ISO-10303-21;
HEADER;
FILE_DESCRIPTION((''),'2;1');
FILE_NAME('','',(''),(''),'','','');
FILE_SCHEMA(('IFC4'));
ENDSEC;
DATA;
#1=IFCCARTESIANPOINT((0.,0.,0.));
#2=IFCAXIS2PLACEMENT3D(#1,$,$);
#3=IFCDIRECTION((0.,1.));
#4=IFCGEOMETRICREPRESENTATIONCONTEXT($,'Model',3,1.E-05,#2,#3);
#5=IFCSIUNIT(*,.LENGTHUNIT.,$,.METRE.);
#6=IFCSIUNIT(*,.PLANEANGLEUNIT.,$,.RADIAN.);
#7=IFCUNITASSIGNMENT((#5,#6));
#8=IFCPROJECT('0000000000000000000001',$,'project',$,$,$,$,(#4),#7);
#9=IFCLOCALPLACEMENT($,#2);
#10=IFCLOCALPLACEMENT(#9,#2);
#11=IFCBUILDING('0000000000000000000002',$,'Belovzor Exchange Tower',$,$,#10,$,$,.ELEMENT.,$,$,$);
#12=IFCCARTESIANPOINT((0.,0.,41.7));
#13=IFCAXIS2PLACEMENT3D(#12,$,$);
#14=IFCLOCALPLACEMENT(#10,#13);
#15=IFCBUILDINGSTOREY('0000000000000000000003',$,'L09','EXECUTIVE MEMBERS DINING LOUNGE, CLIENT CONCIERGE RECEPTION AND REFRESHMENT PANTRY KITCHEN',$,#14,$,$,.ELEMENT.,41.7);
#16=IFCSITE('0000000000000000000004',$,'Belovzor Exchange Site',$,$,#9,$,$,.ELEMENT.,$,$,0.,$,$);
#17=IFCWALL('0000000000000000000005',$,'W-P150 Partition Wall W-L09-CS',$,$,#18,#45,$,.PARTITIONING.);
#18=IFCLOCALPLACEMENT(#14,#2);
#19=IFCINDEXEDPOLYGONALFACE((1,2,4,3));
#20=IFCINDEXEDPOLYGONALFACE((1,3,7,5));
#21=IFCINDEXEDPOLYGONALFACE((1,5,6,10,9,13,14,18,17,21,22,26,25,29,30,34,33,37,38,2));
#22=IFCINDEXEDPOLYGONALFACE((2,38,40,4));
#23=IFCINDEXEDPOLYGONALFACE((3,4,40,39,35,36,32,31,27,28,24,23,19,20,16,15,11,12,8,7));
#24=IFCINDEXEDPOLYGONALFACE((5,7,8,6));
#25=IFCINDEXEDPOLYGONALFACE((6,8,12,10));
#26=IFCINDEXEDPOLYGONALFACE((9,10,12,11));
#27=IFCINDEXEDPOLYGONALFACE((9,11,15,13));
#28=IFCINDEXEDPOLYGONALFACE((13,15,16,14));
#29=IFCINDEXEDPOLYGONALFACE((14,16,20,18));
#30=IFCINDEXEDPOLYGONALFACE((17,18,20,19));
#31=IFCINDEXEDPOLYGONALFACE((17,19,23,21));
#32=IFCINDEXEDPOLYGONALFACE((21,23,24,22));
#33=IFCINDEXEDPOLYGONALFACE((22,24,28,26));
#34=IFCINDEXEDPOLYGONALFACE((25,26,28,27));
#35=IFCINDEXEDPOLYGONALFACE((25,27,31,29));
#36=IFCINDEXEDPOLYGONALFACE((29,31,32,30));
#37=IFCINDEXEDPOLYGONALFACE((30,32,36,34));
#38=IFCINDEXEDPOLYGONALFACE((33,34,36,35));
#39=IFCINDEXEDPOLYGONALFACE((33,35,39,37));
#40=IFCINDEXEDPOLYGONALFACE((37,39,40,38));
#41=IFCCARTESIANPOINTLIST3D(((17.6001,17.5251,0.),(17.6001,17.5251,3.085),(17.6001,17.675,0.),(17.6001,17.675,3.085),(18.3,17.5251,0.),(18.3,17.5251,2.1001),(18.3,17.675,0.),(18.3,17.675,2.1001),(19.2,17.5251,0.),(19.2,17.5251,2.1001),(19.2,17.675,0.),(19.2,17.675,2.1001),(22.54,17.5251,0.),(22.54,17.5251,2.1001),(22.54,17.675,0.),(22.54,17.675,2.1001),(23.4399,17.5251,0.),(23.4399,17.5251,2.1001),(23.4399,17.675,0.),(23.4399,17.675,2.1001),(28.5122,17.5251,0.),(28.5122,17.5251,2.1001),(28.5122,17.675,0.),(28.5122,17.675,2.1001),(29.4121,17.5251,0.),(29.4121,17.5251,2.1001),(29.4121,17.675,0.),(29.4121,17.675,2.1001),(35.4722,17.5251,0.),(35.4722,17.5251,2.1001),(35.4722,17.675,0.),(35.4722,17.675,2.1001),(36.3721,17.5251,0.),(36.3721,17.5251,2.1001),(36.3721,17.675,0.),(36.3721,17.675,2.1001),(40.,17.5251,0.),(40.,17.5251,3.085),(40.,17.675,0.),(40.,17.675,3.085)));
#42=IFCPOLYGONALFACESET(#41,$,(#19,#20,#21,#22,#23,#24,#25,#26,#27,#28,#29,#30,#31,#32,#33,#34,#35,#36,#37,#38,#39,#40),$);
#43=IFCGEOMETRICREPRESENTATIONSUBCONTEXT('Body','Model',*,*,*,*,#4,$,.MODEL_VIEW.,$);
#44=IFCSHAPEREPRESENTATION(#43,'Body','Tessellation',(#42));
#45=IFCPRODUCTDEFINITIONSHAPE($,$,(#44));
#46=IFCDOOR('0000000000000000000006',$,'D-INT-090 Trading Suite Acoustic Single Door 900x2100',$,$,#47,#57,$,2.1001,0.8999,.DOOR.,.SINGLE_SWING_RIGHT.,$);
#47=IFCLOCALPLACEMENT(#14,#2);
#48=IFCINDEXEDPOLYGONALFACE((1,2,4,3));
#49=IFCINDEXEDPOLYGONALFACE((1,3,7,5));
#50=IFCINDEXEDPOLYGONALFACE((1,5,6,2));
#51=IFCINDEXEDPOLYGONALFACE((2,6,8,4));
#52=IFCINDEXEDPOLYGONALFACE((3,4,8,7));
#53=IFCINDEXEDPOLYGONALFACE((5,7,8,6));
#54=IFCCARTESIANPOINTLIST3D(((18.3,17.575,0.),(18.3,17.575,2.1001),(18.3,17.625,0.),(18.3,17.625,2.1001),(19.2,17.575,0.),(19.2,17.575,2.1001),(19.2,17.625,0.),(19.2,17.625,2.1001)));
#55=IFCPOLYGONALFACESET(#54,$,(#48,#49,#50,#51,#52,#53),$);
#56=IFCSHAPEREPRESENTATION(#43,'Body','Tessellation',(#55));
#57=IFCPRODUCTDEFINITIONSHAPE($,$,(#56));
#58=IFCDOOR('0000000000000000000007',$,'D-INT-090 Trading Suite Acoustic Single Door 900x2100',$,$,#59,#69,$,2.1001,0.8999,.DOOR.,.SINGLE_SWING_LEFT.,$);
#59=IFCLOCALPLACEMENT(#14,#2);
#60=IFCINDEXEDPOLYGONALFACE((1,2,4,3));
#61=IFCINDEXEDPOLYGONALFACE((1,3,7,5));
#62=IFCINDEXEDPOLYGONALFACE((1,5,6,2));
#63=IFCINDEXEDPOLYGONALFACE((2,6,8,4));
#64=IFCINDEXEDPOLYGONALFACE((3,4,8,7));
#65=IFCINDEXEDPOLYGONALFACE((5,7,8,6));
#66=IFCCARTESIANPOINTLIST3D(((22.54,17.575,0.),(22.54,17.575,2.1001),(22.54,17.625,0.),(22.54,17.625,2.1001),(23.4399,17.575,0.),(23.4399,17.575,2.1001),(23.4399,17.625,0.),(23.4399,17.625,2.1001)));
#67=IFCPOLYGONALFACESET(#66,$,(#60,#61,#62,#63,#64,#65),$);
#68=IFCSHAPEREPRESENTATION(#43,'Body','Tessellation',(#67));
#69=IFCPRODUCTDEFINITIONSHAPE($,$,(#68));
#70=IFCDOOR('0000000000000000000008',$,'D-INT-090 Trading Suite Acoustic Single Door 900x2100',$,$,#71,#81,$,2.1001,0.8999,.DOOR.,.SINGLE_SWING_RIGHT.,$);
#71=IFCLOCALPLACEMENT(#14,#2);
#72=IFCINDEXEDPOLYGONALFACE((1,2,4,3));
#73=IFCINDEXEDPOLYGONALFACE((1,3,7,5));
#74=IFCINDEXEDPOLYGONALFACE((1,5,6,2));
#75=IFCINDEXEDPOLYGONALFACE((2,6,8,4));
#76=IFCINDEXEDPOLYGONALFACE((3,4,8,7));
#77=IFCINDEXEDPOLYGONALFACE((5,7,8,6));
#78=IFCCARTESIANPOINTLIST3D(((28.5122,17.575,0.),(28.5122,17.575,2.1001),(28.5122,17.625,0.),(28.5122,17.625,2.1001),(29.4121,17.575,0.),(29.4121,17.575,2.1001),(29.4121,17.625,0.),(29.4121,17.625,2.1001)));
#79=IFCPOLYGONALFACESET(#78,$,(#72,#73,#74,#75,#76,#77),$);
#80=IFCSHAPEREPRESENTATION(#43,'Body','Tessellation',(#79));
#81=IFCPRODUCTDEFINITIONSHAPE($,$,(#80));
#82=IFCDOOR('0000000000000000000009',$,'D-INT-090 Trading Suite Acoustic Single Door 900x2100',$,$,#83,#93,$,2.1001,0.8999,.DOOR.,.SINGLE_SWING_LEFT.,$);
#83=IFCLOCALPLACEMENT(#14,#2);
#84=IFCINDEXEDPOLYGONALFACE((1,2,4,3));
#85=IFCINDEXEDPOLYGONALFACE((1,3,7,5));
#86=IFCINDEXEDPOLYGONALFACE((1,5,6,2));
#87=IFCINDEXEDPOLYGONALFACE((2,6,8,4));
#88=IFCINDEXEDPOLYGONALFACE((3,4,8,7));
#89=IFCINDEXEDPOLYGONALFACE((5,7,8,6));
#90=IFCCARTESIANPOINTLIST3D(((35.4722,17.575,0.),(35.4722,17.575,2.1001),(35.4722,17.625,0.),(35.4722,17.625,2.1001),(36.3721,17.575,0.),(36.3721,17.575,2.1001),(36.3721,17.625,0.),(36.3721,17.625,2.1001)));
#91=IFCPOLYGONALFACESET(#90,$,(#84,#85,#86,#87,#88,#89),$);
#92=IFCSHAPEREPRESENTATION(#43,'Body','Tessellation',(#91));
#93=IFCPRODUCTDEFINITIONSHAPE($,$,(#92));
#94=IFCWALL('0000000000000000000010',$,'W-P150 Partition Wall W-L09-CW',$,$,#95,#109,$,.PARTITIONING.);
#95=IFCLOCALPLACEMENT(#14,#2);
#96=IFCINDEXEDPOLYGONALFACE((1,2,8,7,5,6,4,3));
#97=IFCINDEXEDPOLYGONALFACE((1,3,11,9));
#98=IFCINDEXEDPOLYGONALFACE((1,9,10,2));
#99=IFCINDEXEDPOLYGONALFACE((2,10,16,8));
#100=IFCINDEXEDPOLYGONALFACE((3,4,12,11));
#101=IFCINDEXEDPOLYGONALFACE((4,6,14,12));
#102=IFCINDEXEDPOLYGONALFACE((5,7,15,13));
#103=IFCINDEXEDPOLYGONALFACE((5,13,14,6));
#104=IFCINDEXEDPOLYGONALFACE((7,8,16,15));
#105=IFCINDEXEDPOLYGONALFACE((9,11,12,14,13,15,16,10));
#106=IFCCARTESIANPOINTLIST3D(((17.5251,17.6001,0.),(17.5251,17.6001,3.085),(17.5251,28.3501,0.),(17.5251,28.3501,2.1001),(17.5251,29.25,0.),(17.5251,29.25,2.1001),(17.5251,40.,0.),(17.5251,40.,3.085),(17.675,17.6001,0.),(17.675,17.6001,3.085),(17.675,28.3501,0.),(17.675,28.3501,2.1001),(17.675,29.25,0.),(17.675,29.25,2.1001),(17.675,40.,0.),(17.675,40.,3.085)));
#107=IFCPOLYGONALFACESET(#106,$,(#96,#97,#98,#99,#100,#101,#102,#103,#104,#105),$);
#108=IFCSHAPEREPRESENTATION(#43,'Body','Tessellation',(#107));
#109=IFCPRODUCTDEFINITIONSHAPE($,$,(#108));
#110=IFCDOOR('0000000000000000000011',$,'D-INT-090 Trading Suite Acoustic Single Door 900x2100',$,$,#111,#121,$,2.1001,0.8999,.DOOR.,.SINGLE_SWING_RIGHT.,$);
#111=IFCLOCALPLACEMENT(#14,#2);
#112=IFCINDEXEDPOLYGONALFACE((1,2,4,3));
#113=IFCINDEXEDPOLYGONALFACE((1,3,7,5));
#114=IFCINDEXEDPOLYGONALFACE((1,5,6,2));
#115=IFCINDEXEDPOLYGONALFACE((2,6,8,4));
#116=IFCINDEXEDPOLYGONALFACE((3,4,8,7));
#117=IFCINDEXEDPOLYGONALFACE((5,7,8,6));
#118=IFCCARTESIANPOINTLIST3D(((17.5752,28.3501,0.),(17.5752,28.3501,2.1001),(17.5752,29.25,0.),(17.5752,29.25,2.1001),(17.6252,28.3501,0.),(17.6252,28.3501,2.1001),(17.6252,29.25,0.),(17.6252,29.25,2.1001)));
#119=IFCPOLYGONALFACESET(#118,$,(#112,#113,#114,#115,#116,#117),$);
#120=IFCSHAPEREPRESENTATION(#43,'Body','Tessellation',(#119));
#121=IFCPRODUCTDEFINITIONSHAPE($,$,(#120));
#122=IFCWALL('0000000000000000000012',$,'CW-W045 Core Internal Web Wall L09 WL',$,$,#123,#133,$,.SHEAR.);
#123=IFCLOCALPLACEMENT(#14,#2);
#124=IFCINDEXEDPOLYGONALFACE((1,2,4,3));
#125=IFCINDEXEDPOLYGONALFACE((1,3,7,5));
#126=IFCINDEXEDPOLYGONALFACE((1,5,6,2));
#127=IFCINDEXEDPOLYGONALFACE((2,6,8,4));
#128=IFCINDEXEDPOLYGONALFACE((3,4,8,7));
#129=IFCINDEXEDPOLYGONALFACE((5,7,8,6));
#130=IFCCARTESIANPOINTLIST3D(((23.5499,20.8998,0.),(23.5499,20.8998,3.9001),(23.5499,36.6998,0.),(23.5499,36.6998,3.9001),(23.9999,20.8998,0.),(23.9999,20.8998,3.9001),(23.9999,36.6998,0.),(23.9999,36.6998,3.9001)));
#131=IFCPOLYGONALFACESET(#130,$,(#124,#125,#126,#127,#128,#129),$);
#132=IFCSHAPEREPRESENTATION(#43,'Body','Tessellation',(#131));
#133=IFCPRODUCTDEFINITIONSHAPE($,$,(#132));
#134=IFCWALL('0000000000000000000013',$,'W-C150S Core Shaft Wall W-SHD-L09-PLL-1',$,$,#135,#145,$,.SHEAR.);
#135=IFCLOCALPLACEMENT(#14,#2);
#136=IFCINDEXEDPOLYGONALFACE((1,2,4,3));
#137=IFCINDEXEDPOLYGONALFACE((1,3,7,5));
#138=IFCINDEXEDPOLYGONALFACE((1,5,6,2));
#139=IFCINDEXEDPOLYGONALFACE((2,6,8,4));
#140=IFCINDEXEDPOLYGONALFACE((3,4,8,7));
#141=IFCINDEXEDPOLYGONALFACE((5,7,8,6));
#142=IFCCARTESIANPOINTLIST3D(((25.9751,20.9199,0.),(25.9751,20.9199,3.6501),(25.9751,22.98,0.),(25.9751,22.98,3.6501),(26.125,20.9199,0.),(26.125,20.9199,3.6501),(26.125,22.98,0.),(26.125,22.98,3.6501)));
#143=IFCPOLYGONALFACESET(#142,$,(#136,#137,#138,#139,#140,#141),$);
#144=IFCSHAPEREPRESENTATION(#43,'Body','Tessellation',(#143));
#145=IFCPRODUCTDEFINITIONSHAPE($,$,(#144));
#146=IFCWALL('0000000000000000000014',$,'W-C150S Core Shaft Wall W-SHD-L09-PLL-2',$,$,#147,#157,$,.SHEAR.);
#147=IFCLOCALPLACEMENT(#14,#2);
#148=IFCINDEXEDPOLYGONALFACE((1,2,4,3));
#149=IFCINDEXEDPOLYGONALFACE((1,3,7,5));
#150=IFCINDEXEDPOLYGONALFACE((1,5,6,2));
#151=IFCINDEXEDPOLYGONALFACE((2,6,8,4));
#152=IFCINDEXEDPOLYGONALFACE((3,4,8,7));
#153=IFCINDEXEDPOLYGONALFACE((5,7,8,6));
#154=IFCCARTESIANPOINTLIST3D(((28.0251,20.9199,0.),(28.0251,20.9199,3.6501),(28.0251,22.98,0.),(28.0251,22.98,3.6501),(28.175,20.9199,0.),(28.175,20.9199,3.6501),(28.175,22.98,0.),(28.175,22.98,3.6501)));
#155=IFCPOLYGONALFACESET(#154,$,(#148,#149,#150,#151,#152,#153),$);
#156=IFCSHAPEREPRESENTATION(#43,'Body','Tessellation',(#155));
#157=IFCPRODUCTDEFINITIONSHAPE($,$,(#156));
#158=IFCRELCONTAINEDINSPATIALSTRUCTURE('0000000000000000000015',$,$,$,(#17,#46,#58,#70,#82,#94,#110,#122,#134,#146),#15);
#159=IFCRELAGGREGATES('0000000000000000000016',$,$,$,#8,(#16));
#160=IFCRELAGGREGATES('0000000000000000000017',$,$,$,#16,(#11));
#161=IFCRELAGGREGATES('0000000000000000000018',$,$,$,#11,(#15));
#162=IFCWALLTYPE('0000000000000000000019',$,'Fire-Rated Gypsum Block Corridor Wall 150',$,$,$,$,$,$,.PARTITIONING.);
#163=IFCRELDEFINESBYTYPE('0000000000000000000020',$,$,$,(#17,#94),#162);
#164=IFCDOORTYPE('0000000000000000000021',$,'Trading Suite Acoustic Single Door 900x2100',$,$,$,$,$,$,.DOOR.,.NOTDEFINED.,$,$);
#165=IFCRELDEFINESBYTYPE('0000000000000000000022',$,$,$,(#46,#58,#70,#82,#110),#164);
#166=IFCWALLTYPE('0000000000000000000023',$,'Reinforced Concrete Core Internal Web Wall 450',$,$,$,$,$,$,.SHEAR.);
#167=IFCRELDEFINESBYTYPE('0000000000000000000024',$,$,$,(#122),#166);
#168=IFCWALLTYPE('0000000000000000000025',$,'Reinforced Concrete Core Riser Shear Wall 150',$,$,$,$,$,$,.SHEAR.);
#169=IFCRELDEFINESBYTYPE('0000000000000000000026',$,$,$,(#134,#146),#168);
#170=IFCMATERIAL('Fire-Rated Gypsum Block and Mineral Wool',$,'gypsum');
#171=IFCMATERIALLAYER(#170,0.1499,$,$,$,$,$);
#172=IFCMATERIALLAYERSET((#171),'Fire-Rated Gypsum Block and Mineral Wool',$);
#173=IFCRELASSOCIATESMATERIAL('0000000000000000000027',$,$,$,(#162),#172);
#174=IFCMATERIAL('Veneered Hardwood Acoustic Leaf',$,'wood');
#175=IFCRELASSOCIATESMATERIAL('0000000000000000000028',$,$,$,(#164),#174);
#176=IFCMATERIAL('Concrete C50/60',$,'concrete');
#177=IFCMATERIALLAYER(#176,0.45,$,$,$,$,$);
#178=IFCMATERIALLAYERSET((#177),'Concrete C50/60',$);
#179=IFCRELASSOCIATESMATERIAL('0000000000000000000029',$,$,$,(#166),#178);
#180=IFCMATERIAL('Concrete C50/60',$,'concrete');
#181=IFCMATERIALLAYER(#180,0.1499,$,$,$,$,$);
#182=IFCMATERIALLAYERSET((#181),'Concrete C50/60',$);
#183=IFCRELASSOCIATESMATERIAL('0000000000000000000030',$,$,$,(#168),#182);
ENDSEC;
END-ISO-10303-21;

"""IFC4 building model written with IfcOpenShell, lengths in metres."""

from ifc_helpers import new_model, si_unit, direction, frame, frame_2d, origin, place, context, subcontext, project, spatial, rectangle, extrude, material, layer, layer_set, type_object, element, fill, save


model = new_model("IFC4")

# Units and contexts
model_context = context("Model", 3, precision=1e-05, world=origin(), true_north=direction((0.0, 1.0)))
body_context = subcontext(model_context, "Body", "Model", "MODEL_VIEW")
ifc_project = project(units=[si_unit("LENGTHUNIT", "METRE"), si_unit("PLANEANGLEUNIT", "RADIAN")], contexts=[model_context])

# Site, building, storey
site_placement = place(None, origin())
site = spatial("IfcSite", under=ifc_project, at=site_placement, Name="Belovzor Exchange Site", CompositionType="ELEMENT", RefElevation=0.0)
building_placement = place(site_placement, origin())
building = spatial("IfcBuilding", under=site, at=building_placement, Name="Belovzor Exchange Tower", CompositionType="ELEMENT")
storey_placement = place(building_placement, frame((0.0, 0.0, 41.7)))
storey = spatial("IfcBuildingStorey", under=building, at=storey_placement, Name="L09", Description="EXECUTIVE MEMBERS DINING LOUNGE, CLIENT CONCIERGE RECEPTION AND REFRESHMENT PANTRY KITCHEN", CompositionType="ELEMENT", Elevation=41.7)

# Wall, openings, doors
ifc_material_1 = material(Name="Fire-Rated Gypsum Block and Mineral Wool", Category="gypsum")
ifc_layer_1 = layer(ifc_material_1, 0.1499)
ifc_layer_set_1 = layer_set([ifc_layer_1], Name="Fire-Rated Gypsum Block and Mineral Wool")
wall_type_1 = type_object("IfcWallType", Name="Fire-Rated Gypsum Block Corridor Wall 150", PredefinedType="PARTITIONING", material=ifc_layer_set_1)
wall_1_placement = place(storey_placement, frame((17.6001, 17.6001, 0.0), z_axis=(0.0, 0.0, 1.0), x_axis=(1.0, 0.0, 0.0)))
wall_1 = element("IfcWall", 1, at=wall_1_placement, inside=storey, type_object=wall_type_1, Name="W-P150 Partition Wall W-L09-CS", PredefinedType="PARTITIONING", context=body_context, shape_type="SweptSolid", body=[
    extrude(rectangle(XDim=22.3999, YDim=0.1499, at=frame_2d((11.2, 0.0))), origin(), (0.0, 0.0, 1.0), 3.085),
])
opening_1_placement = place(wall_1_placement, frame((0.7, 0.0, 0.0)))
opening_1 = element("IfcOpeningElement", 2, at=opening_1_placement, cuts=wall_1, PredefinedType="OPENING", context=body_context, shape_type="SweptSolid", body=[
    extrude(rectangle(XDim=0.8999, YDim=2.1001, at=frame_2d((0.45, 1.05))), frame((0.0, 0.085, 0.0), z_axis=(0.0, -1.0, 0.0), x_axis=(1.0, 0.0, 0.0)), (0.0, 0.0, 1.0), 0.1699),
])
opening_2_placement = place(wall_1_placement, frame((4.9399, 0.0, 0.0)))
opening_2 = element("IfcOpeningElement", 3, at=opening_2_placement, cuts=wall_1, PredefinedType="OPENING", context=body_context, shape_type="SweptSolid", body=[
    extrude(rectangle(XDim=0.8999, YDim=2.1001, at=frame_2d((0.45, 1.05))), frame((0.0, 0.085, 0.0), z_axis=(0.0, -1.0, 0.0), x_axis=(1.0, 0.0, 0.0)), (0.0, 0.0, 1.0), 0.1699),
])
opening_3_placement = place(wall_1_placement, frame((10.9121, 0.0, 0.0)))
opening_3 = element("IfcOpeningElement", 4, at=opening_3_placement, cuts=wall_1, PredefinedType="OPENING", context=body_context, shape_type="SweptSolid", body=[
    extrude(rectangle(XDim=0.8999, YDim=2.1001, at=frame_2d((0.45, 1.05))), frame((0.0, 0.085, 0.0), z_axis=(0.0, -1.0, 0.0), x_axis=(1.0, 0.0, 0.0)), (0.0, 0.0, 1.0), 0.1699),
])
opening_4_placement = place(wall_1_placement, frame((17.8721, 0.0, 0.0)))
opening_4 = element("IfcOpeningElement", 5, at=opening_4_placement, cuts=wall_1, PredefinedType="OPENING", context=body_context, shape_type="SweptSolid", body=[
    extrude(rectangle(XDim=0.8999, YDim=2.1001, at=frame_2d((0.45, 1.05))), frame((0.0, 0.085, 0.0), z_axis=(0.0, -1.0, 0.0), x_axis=(1.0, 0.0, 0.0)), (0.0, 0.0, 1.0), 0.1699),
])
ifc_material_2 = material(Name="Veneered Hardwood Acoustic Leaf", Category="wood")
door_type_1 = type_object("IfcDoorType", Name="Trading Suite Acoustic Single Door 900x2100", OperationType="NOTDEFINED", PredefinedType="DOOR", material=ifc_material_2)
door_1_placement = place(opening_1_placement, origin())
door_1 = element("IfcDoor", 6, at=door_1_placement, inside=storey, type_object=door_type_1, Name="D-INT-090 Trading Suite Acoustic Single Door 900x2100", OperationType="SINGLE_SWING_RIGHT", OverallHeight=2.1001, OverallWidth=0.8999, PredefinedType="DOOR", context=body_context, shape_type="SweptSolid", body=[
    extrude(rectangle(XDim=0.8999, YDim=2.1001, at=frame_2d((0.45, 1.05))), frame((0.0, 0.0249, 0.0), z_axis=(0.0, -1.0, 0.0), x_axis=(1.0, 0.0, 0.0)), (0.0, 0.0, 1.0), 0.05),
])
fill(opening_1, door_1)
door_2_placement = place(opening_2_placement, origin())
door_2 = element("IfcDoor", 7, at=door_2_placement, inside=storey, type_object=door_type_1, Name="D-INT-090 Trading Suite Acoustic Single Door 900x2100", OperationType="SINGLE_SWING_LEFT", OverallHeight=2.1001, OverallWidth=0.8999, PredefinedType="DOOR", context=body_context, shape_type="SweptSolid", body=[
    extrude(rectangle(XDim=0.8999, YDim=2.1001, at=frame_2d((0.45, 1.05))), frame((0.0, 0.0249, 0.0), z_axis=(0.0, -1.0, 0.0), x_axis=(1.0, 0.0, 0.0)), (0.0, 0.0, 1.0), 0.05),
])
fill(opening_2, door_2)
door_3_placement = place(opening_3_placement, origin())
door_3 = element("IfcDoor", 8, at=door_3_placement, inside=storey, type_object=door_type_1, Name="D-INT-090 Trading Suite Acoustic Single Door 900x2100", OperationType="SINGLE_SWING_RIGHT", OverallHeight=2.1001, OverallWidth=0.8999, PredefinedType="DOOR", context=body_context, shape_type="SweptSolid", body=[
    extrude(rectangle(XDim=0.8999, YDim=2.1001, at=frame_2d((0.45, 1.05))), frame((0.0, 0.0249, 0.0), z_axis=(0.0, -1.0, 0.0), x_axis=(1.0, 0.0, 0.0)), (0.0, 0.0, 1.0), 0.05),
])
fill(opening_3, door_3)
door_4_placement = place(opening_4_placement, origin())
door_4 = element("IfcDoor", 9, at=door_4_placement, inside=storey, type_object=door_type_1, Name="D-INT-090 Trading Suite Acoustic Single Door 900x2100", OperationType="SINGLE_SWING_LEFT", OverallHeight=2.1001, OverallWidth=0.8999, PredefinedType="DOOR", context=body_context, shape_type="SweptSolid", body=[
    extrude(rectangle(XDim=0.8999, YDim=2.1001, at=frame_2d((0.45, 1.05))), frame((0.0, 0.0249, 0.0), z_axis=(0.0, -1.0, 0.0), x_axis=(1.0, 0.0, 0.0)), (0.0, 0.0, 1.0), 0.05),
])
fill(opening_4, door_4)

# Wall, opening, door
wall_2_placement = place(storey_placement, frame((17.6001, 17.6001, 0.0), z_axis=(0.0, 0.0, 1.0), x_axis=(0.0, 1.0, 0.0)))
wall_2 = element("IfcWall", 10, at=wall_2_placement, inside=storey, type_object=wall_type_1, Name="W-P150 Partition Wall W-L09-CW", PredefinedType="PARTITIONING", context=body_context, shape_type="SweptSolid", body=[
    extrude(rectangle(XDim=22.3999, YDim=0.1499, at=frame_2d((11.2, 0.0))), origin(), (0.0, 0.0, 1.0), 3.085),
])
opening_5_placement = place(wall_2_placement, frame((10.75, 0.0, 0.0)))
opening_5 = element("IfcOpeningElement", 11, at=opening_5_placement, cuts=wall_2, PredefinedType="OPENING", context=body_context, shape_type="SweptSolid", body=[
    extrude(rectangle(XDim=0.8999, YDim=2.1001, at=frame_2d((0.45, 1.05))), frame((0.0, 0.085, 0.0), z_axis=(0.0, -1.0, 0.0), x_axis=(1.0, 0.0, 0.0)), (0.0, 0.0, 1.0), 0.1699),
])
door_5_placement = place(opening_5_placement, origin())
door_5 = element("IfcDoor", 12, at=door_5_placement, inside=storey, type_object=door_type_1, Name="D-INT-090 Trading Suite Acoustic Single Door 900x2100", OperationType="SINGLE_SWING_RIGHT", OverallHeight=2.1001, OverallWidth=0.8999, PredefinedType="DOOR", context=body_context, shape_type="SweptSolid", body=[
    extrude(rectangle(XDim=0.8999, YDim=2.1001, at=frame_2d((0.45, 1.05))), frame((0.0, 0.0249, 0.0), z_axis=(0.0, -1.0, 0.0), x_axis=(1.0, 0.0, 0.0)), (0.0, 0.0, 1.0), 0.05),
])
fill(opening_5, door_5)

# Walls
ifc_material_3 = material(Name="Concrete C50/60", Category="concrete")
ifc_layer_2 = layer(ifc_material_3, 0.45)
ifc_layer_set_2 = layer_set([ifc_layer_2], Name="Concrete C50/60")
wall_type_2 = type_object("IfcWallType", Name="Reinforced Concrete Core Internal Web Wall 450", PredefinedType="SHEAR", material=ifc_layer_set_2)
wall_3_placement = place(storey_placement, frame((23.7749, 20.8999, 0.0), z_axis=(0.0, 0.0, 1.0), x_axis=(0.0, 1.0, 0.0)))
element("IfcWall", 13, at=wall_3_placement, inside=storey, type_object=wall_type_2, Name="CW-W045 Core Internal Web Wall L09 WL", PredefinedType="SHEAR", context=body_context, shape_type="SweptSolid", body=[
    extrude(rectangle(XDim=15.8, YDim=0.45, at=frame_2d((7.8999, 0.0))), origin(), (0.0, 0.0, 1.0), 3.9001),
])
ifc_material_4 = material(Name="Concrete C50/60", Category="concrete")
ifc_layer_3 = layer(ifc_material_4, 0.1499)
ifc_layer_set_3 = layer_set([ifc_layer_3], Name="Concrete C50/60")
wall_type_3 = type_object("IfcWallType", Name="Reinforced Concrete Core Riser Shear Wall 150", PredefinedType="SHEAR", material=ifc_layer_set_3)
for number, where, z_axis, x_axis, name in (
    (14, (26.05, 20.9199, 0.0), (0.0, 0.0, 1.0), (0.0, 1.0, 0.0), "W-C150S Core Shaft Wall W-SHD-L09-PLL-1"),
    (15, (28.1001, 20.9199, 0.0), (0.0, 0.0, 1.0), (0.0, 1.0, 0.0), "W-C150S Core Shaft Wall W-SHD-L09-PLL-2"),
):
    element("IfcWall", number, at=place(storey_placement, frame(where, z_axis=z_axis, x_axis=x_axis)), inside=storey, type_object=wall_type_3, Name=name, PredefinedType="SHEAR", context=body_context, shape_type="SweptSolid", body=[
        extrude(rectangle(XDim=2.0601, YDim=0.1499, at=frame_2d((1.03, 0.0))), origin(), (0.0, 0.0, 1.0), 3.6501),
    ])

save(model, "model.ifc")
